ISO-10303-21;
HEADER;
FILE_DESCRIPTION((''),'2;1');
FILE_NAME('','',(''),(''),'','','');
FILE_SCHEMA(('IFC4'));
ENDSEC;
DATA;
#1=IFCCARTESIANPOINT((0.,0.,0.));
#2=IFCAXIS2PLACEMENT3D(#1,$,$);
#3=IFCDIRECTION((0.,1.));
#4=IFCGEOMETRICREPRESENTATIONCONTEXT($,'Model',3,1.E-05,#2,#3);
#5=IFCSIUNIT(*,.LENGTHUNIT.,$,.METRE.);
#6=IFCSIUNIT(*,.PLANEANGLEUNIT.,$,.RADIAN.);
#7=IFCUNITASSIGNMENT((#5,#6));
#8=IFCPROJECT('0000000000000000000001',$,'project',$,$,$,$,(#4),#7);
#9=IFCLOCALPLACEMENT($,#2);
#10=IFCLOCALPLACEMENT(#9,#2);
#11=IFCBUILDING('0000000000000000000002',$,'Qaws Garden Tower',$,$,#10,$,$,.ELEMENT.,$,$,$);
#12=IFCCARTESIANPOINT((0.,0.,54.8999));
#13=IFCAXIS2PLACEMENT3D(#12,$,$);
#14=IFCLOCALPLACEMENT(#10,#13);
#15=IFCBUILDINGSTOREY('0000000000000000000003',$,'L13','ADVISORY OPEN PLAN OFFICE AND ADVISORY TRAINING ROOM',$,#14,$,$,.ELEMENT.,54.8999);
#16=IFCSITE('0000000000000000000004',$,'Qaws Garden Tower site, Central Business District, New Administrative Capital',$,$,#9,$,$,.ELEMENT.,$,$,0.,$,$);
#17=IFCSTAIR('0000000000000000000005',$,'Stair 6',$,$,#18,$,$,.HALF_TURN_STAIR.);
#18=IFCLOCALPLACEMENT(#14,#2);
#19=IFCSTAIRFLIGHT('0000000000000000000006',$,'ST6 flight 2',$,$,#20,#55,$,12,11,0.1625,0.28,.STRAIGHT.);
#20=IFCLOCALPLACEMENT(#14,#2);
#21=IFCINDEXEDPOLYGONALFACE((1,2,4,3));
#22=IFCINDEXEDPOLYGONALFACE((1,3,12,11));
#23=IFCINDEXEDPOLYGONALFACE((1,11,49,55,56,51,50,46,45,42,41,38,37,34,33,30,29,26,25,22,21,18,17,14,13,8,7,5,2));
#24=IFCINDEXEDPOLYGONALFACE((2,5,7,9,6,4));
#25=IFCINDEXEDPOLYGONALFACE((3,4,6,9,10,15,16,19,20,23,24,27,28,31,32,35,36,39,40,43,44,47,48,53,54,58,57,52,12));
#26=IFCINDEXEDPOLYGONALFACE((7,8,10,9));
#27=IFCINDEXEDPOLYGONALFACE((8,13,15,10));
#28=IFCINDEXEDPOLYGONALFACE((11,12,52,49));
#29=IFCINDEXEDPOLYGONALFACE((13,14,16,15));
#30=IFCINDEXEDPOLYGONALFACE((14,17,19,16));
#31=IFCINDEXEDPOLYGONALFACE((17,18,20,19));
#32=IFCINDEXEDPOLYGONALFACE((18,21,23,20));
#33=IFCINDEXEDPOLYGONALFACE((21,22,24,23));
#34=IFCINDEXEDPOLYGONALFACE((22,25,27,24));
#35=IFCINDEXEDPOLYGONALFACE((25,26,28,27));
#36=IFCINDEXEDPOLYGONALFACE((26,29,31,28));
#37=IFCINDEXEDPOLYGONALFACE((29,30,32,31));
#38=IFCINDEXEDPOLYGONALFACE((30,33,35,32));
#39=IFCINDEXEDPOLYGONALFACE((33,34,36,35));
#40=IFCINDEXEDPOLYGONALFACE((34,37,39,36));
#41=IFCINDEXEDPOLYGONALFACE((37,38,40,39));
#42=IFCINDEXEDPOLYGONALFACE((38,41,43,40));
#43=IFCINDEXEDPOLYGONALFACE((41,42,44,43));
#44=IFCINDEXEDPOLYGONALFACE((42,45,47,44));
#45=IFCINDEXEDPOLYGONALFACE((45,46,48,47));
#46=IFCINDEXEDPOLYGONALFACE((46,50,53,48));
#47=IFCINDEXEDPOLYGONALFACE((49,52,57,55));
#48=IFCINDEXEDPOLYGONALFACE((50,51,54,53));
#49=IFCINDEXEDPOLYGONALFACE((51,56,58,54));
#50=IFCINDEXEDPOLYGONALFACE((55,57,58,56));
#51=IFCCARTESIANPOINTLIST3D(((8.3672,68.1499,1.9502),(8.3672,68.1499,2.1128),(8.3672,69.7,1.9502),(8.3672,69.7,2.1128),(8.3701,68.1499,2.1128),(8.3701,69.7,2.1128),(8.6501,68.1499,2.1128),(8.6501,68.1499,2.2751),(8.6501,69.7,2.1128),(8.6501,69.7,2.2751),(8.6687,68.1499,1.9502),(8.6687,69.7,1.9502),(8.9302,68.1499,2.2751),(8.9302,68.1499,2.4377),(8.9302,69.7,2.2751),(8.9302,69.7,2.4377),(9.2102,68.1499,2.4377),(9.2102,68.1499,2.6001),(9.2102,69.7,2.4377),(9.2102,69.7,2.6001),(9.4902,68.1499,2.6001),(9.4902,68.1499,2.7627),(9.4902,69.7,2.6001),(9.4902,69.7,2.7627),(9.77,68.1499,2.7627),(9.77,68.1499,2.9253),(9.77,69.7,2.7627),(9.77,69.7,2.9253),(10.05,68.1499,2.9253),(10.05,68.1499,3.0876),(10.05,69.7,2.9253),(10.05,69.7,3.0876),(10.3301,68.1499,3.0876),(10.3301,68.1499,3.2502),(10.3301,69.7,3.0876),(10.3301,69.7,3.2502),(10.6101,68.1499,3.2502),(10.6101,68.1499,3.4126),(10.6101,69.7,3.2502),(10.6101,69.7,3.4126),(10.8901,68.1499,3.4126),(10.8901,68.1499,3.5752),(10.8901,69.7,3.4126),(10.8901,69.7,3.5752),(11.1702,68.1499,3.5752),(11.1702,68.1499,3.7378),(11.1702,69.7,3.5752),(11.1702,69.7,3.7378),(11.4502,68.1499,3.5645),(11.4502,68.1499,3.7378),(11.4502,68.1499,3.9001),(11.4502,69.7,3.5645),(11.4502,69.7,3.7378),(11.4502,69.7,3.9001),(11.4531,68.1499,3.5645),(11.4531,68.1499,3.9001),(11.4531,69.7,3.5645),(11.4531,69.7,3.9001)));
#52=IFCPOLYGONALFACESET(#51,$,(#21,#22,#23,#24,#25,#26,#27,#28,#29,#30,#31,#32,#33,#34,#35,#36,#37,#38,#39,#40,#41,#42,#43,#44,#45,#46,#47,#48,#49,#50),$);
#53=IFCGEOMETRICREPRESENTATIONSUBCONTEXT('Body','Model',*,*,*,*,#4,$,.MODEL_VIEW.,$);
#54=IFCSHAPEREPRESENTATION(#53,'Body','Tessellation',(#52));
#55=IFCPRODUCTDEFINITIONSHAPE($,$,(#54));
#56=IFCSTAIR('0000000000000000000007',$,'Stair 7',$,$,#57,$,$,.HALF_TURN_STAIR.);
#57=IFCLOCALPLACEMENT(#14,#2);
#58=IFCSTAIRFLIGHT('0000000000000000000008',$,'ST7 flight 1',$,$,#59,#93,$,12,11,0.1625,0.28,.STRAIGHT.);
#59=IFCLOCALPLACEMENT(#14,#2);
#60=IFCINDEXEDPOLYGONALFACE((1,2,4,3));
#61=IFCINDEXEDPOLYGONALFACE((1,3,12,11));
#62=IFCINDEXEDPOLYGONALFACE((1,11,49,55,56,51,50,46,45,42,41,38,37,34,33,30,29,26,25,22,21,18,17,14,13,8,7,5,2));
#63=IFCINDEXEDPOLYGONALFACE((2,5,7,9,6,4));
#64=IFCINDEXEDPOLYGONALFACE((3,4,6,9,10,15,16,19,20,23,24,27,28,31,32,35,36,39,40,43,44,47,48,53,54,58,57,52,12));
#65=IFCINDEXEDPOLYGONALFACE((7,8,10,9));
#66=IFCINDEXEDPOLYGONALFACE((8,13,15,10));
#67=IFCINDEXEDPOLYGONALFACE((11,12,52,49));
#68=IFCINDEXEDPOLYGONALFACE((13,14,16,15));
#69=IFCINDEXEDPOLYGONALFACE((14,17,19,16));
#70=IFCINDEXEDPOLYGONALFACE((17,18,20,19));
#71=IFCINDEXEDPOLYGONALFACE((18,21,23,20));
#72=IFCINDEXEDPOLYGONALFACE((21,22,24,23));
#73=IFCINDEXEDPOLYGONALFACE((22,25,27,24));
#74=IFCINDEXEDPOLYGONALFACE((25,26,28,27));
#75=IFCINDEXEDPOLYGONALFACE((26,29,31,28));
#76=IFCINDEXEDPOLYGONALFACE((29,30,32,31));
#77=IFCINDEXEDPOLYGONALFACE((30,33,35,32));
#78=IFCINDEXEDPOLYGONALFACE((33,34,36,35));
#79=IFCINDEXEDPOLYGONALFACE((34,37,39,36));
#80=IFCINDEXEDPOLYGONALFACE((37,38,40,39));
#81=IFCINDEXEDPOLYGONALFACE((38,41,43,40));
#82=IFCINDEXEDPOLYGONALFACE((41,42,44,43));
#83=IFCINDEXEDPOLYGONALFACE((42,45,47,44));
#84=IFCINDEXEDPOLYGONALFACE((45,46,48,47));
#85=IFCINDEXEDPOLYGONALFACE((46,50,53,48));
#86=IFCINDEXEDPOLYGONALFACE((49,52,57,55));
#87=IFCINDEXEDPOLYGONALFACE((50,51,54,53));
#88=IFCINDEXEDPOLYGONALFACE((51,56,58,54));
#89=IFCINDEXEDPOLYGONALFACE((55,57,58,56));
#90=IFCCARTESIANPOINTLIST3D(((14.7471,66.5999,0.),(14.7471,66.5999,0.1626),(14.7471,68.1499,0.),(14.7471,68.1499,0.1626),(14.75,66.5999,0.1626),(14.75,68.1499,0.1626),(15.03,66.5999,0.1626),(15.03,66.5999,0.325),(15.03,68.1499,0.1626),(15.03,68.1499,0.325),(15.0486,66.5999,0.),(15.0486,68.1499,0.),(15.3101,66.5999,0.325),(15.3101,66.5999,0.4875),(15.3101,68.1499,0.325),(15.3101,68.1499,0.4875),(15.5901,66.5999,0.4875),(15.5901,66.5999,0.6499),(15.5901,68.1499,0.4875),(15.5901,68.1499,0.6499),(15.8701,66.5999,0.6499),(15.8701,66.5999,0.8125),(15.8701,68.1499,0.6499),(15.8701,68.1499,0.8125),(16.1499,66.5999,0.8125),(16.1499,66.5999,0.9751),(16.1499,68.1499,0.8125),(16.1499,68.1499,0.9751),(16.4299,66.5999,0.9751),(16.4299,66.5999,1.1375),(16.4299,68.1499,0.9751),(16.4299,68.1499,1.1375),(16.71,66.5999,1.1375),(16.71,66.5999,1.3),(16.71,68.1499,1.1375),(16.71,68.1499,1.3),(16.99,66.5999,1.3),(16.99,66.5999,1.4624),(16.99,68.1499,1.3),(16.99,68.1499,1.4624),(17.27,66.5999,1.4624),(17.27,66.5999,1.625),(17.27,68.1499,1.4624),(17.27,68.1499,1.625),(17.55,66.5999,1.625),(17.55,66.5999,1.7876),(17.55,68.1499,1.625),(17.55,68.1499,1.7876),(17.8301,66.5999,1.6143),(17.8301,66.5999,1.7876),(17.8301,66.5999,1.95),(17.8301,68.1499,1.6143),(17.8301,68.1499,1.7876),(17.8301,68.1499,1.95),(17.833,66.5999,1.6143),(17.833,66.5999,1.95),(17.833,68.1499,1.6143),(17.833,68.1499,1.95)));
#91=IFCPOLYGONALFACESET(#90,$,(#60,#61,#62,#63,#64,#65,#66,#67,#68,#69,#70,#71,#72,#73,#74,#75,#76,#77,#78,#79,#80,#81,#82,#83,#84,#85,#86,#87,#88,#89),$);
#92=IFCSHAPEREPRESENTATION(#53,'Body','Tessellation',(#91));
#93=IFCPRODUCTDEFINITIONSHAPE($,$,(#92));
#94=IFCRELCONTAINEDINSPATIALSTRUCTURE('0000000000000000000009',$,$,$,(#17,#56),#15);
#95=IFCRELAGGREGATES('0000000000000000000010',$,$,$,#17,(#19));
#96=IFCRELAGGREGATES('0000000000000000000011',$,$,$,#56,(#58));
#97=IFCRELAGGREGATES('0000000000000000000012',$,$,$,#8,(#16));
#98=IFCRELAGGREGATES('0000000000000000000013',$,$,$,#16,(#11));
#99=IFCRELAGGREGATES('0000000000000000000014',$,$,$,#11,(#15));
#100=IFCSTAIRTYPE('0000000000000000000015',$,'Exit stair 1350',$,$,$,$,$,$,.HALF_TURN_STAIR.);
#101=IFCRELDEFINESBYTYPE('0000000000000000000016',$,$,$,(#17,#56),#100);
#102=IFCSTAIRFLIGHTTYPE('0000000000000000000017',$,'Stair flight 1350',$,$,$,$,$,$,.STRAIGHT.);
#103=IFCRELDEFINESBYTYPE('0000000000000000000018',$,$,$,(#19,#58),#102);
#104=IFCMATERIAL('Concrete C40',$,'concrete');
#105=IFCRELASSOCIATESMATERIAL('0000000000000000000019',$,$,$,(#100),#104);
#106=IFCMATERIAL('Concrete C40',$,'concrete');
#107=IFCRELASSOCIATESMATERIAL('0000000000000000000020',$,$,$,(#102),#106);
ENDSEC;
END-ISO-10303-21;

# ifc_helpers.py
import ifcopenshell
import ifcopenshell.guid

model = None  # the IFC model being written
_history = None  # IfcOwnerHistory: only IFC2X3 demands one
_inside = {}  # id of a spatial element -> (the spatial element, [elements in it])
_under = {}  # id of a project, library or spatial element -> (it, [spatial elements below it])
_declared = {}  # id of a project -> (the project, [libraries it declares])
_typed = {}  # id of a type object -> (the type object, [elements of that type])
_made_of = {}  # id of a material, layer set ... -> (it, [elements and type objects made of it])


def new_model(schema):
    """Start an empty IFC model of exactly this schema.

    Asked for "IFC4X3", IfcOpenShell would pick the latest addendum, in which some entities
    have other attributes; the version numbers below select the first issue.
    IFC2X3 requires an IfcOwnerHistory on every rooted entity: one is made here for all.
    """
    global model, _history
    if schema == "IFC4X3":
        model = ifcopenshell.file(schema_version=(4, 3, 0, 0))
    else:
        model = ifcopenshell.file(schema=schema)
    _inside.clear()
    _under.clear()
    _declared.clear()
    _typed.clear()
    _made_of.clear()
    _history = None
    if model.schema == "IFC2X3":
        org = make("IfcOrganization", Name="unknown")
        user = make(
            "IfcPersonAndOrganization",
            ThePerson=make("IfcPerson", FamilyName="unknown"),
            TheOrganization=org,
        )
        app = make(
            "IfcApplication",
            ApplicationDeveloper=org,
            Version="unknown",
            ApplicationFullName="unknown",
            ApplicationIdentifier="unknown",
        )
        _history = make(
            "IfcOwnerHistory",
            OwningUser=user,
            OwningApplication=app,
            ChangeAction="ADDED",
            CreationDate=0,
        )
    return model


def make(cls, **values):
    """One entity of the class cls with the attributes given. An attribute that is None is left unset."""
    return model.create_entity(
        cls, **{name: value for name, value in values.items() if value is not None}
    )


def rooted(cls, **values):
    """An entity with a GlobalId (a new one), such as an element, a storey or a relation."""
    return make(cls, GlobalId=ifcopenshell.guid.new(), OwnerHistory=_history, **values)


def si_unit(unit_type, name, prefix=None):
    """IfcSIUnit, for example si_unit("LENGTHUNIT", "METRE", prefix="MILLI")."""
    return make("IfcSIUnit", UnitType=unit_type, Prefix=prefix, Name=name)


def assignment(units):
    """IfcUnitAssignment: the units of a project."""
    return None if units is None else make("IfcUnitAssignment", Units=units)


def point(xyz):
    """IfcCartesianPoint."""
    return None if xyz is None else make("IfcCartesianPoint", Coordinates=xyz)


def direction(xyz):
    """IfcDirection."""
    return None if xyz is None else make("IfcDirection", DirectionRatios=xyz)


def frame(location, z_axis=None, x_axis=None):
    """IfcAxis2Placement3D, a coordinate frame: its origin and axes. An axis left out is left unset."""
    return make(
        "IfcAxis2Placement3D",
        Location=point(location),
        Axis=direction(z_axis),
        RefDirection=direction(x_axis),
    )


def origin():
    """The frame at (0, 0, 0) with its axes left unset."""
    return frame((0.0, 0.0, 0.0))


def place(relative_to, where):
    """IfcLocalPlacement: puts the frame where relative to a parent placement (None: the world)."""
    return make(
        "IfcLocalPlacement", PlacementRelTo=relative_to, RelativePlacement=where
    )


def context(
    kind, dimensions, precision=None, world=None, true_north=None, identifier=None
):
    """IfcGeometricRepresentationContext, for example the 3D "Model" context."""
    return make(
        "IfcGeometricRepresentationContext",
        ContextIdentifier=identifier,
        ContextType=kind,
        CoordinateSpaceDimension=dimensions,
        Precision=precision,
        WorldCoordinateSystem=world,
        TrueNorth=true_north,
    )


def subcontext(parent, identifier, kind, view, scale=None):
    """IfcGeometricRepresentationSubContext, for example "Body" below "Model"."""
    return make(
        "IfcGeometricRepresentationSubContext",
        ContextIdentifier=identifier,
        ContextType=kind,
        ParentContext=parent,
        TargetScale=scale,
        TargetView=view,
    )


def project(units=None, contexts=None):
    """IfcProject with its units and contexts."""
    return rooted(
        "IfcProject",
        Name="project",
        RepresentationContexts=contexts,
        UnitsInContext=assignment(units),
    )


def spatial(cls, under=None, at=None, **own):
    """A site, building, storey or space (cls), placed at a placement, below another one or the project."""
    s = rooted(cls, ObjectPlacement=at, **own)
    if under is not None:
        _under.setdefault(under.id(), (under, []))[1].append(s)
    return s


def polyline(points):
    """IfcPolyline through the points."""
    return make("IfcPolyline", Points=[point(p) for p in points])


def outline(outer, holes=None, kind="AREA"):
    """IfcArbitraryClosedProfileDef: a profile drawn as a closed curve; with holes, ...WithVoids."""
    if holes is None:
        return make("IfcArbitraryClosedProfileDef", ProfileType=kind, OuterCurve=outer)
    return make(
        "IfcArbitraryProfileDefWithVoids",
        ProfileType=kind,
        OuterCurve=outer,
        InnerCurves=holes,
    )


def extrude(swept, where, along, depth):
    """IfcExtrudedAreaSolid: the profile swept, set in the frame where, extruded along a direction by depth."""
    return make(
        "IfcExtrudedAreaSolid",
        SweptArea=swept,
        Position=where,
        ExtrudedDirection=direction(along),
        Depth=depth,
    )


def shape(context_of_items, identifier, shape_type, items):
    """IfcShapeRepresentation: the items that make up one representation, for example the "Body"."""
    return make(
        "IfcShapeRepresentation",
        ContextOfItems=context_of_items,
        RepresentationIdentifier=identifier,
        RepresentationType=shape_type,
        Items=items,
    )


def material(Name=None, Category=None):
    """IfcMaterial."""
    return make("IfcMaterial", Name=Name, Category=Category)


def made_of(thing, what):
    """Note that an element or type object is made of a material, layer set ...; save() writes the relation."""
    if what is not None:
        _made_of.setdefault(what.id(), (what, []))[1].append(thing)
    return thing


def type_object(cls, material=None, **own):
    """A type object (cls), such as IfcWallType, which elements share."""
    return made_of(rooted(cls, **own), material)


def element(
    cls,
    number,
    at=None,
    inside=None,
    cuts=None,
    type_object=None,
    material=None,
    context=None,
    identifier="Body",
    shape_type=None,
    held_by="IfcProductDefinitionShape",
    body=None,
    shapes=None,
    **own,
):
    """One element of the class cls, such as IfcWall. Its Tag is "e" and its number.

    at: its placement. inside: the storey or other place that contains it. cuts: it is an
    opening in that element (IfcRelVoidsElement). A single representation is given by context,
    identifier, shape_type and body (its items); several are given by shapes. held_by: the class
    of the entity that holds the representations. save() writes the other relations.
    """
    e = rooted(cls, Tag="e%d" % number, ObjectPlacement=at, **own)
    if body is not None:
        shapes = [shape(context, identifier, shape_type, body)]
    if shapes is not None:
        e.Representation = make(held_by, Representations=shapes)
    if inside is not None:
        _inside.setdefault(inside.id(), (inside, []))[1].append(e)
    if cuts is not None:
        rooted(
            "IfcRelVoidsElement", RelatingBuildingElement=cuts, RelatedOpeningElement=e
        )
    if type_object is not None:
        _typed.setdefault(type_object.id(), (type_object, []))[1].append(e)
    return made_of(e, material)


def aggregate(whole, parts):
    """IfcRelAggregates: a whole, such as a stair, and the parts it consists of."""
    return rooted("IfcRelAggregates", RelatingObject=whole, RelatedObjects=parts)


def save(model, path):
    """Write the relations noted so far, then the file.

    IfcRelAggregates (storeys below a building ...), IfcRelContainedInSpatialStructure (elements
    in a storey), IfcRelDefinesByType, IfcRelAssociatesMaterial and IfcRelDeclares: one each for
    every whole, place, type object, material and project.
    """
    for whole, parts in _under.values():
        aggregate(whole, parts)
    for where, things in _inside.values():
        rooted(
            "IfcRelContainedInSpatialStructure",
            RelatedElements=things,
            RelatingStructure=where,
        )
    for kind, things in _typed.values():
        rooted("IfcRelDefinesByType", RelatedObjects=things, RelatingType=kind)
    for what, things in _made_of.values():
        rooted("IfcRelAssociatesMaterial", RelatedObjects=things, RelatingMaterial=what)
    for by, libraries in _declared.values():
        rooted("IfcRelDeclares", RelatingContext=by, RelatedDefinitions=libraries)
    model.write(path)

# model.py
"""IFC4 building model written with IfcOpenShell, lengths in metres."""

from ifc_helpers import new_model, si_unit, direction, frame, origin, place, context, subcontext, project, spatial, polyline, outline, extrude, material, type_object, element, aggregate, save


model = new_model("IFC4")

# Units and contexts
model_context = context("Model", 3, precision=1e-05, world=origin(), true_north=direction((0.0, 1.0)))
body_context = subcontext(model_context, "Body", "Model", "MODEL_VIEW")
ifc_project = project(units=[si_unit("LENGTHUNIT", "METRE"), si_unit("PLANEANGLEUNIT", "RADIAN")], contexts=[model_context])

# Site, building, storey
site_placement = place(None, origin())
site = spatial("IfcSite", under=ifc_project, at=site_placement, Name="Qaws Garden Tower site, Central Business District, New Administrative Capital", CompositionType="ELEMENT", RefElevation=0.0)
building_placement = place(site_placement, origin())
building = spatial("IfcBuilding", under=site, at=building_placement, Name="Qaws Garden Tower", CompositionType="ELEMENT")
storey_placement = place(building_placement, frame((0.0, 0.0, 54.8999)))
storey = spatial("IfcBuildingStorey", under=building, at=storey_placement, Name="L13", Description="ADVISORY OPEN PLAN OFFICE AND ADVISORY TRAINING ROOM", CompositionType="ELEMENT", Elevation=54.8999)

# Stair, stair flight
ifc_material_1 = material(Name="Concrete C40", Category="concrete")
stair_type = type_object("IfcStairType", Name="Exit stair 1350", PredefinedType="HALF_TURN_STAIR", material=ifc_material_1)
placement = place(storey_placement, origin())
stair_1 = element("IfcStair", 1, at=placement, inside=storey, type_object=stair_type, Name="Stair 6", PredefinedType="HALF_TURN_STAIR")
ifc_material_2 = material(Name="Concrete C40", Category="concrete")
stair_flight_type = type_object("IfcStairFlightType", Name="Stair flight 1350", PredefinedType="STRAIGHT", material=ifc_material_2)
stair_flight_1_placement = place(storey_placement, frame((8.3701, 68.925, 1.9502), z_axis=(0.0, 0.0, 1.0), x_axis=(1.0, 0.0, 0.0)))
stair_flight_1 = element("IfcStairFlight", 2, at=stair_flight_1_placement, type_object=stair_flight_type, Name="ST6 flight 2", NumberOfRisers=12, NumberOfTreads=11, PredefinedType="STRAIGHT", RiserHeight=0.1625, TreadLength=0.28, context=body_context, shape_type="SweptSolid", body=[
    extrude(outline(polyline([(-0.0029, 0.0), (-0.0029, 0.1626), (0.0, 0.1626), (0.28, 0.1626), (0.28, 0.325), (0.5601, 0.325), (0.5601, 0.4875), (0.8401, 0.4875), (0.8401, 0.6499), (1.1201, 0.6499), (1.1201, 0.8125), (1.3999, 0.8125), (1.3999, 0.9751), (1.6799, 0.9751), (1.6799, 1.1375), (1.96, 1.1375), (1.96, 1.3), (2.24, 1.3), (2.24, 1.4624), (2.52, 1.4624), (2.52, 1.625), (2.8, 1.625), (2.8, 1.7876), (3.0801, 1.7876), (3.0801, 1.95), (3.083, 1.95), (3.083, 1.6143), (3.0801, 1.6143), (0.2986, 0.0), (-0.0029, 0.0)])), frame((0.0, 0.7749, 0.0), z_axis=(0.0, -1.0, 0.0), x_axis=(1.0, 0.0, 0.0)), (0.0, 0.0, 1.0), 1.55),
])
aggregate(stair_1, [stair_flight_1])

# Stair, stair flight
stair_2 = element("IfcStair", 3, at=placement, inside=storey, type_object=stair_type, Name="Stair 7", PredefinedType="HALF_TURN_STAIR")
stair_flight_2_placement = place(storey_placement, frame((14.75, 67.375, 0.0), z_axis=(0.0, 0.0, 1.0), x_axis=(1.0, 0.0, 0.0)))
stair_flight_2 = element("IfcStairFlight", 4, at=stair_flight_2_placement, type_object=stair_flight_type, Name="ST7 flight 1", NumberOfRisers=12, NumberOfTreads=11, PredefinedType="STRAIGHT", RiserHeight=0.1625, TreadLength=0.28, context=body_context, shape_type="SweptSolid", body=[
    extrude(outline(polyline([(-0.0029, 0.0), (-0.0029, 0.1626), (0.0, 0.1626), (0.28, 0.1626), (0.28, 0.325), (0.5601, 0.325), (0.5601, 0.4875), (0.8401, 0.4875), (0.8401, 0.6499), (1.1201, 0.6499), (1.1201, 0.8125), (1.3999, 0.8125), (1.3999, 0.9751), (1.6799, 0.9751), (1.6799, 1.1375), (1.96, 1.1375), (1.96, 1.3), (2.24, 1.3), (2.24, 1.4624), (2.52, 1.4624), (2.52, 1.625), (2.8, 1.625), (2.8, 1.7876), (3.0801, 1.7876), (3.0801, 1.95), (3.083, 1.95), (3.083, 1.6143), (3.0801, 1.6143), (0.2986, 0.0), (-0.0029, 0.0)])), frame((0.0, 0.7749, 0.0), z_axis=(0.0, -1.0, 0.0), x_axis=(1.0, 0.0, 0.0)), (0.0, 0.0, 1.0), 1.55),
])
aggregate(stair_2, [stair_flight_2])

save(model, "model.ifc")
